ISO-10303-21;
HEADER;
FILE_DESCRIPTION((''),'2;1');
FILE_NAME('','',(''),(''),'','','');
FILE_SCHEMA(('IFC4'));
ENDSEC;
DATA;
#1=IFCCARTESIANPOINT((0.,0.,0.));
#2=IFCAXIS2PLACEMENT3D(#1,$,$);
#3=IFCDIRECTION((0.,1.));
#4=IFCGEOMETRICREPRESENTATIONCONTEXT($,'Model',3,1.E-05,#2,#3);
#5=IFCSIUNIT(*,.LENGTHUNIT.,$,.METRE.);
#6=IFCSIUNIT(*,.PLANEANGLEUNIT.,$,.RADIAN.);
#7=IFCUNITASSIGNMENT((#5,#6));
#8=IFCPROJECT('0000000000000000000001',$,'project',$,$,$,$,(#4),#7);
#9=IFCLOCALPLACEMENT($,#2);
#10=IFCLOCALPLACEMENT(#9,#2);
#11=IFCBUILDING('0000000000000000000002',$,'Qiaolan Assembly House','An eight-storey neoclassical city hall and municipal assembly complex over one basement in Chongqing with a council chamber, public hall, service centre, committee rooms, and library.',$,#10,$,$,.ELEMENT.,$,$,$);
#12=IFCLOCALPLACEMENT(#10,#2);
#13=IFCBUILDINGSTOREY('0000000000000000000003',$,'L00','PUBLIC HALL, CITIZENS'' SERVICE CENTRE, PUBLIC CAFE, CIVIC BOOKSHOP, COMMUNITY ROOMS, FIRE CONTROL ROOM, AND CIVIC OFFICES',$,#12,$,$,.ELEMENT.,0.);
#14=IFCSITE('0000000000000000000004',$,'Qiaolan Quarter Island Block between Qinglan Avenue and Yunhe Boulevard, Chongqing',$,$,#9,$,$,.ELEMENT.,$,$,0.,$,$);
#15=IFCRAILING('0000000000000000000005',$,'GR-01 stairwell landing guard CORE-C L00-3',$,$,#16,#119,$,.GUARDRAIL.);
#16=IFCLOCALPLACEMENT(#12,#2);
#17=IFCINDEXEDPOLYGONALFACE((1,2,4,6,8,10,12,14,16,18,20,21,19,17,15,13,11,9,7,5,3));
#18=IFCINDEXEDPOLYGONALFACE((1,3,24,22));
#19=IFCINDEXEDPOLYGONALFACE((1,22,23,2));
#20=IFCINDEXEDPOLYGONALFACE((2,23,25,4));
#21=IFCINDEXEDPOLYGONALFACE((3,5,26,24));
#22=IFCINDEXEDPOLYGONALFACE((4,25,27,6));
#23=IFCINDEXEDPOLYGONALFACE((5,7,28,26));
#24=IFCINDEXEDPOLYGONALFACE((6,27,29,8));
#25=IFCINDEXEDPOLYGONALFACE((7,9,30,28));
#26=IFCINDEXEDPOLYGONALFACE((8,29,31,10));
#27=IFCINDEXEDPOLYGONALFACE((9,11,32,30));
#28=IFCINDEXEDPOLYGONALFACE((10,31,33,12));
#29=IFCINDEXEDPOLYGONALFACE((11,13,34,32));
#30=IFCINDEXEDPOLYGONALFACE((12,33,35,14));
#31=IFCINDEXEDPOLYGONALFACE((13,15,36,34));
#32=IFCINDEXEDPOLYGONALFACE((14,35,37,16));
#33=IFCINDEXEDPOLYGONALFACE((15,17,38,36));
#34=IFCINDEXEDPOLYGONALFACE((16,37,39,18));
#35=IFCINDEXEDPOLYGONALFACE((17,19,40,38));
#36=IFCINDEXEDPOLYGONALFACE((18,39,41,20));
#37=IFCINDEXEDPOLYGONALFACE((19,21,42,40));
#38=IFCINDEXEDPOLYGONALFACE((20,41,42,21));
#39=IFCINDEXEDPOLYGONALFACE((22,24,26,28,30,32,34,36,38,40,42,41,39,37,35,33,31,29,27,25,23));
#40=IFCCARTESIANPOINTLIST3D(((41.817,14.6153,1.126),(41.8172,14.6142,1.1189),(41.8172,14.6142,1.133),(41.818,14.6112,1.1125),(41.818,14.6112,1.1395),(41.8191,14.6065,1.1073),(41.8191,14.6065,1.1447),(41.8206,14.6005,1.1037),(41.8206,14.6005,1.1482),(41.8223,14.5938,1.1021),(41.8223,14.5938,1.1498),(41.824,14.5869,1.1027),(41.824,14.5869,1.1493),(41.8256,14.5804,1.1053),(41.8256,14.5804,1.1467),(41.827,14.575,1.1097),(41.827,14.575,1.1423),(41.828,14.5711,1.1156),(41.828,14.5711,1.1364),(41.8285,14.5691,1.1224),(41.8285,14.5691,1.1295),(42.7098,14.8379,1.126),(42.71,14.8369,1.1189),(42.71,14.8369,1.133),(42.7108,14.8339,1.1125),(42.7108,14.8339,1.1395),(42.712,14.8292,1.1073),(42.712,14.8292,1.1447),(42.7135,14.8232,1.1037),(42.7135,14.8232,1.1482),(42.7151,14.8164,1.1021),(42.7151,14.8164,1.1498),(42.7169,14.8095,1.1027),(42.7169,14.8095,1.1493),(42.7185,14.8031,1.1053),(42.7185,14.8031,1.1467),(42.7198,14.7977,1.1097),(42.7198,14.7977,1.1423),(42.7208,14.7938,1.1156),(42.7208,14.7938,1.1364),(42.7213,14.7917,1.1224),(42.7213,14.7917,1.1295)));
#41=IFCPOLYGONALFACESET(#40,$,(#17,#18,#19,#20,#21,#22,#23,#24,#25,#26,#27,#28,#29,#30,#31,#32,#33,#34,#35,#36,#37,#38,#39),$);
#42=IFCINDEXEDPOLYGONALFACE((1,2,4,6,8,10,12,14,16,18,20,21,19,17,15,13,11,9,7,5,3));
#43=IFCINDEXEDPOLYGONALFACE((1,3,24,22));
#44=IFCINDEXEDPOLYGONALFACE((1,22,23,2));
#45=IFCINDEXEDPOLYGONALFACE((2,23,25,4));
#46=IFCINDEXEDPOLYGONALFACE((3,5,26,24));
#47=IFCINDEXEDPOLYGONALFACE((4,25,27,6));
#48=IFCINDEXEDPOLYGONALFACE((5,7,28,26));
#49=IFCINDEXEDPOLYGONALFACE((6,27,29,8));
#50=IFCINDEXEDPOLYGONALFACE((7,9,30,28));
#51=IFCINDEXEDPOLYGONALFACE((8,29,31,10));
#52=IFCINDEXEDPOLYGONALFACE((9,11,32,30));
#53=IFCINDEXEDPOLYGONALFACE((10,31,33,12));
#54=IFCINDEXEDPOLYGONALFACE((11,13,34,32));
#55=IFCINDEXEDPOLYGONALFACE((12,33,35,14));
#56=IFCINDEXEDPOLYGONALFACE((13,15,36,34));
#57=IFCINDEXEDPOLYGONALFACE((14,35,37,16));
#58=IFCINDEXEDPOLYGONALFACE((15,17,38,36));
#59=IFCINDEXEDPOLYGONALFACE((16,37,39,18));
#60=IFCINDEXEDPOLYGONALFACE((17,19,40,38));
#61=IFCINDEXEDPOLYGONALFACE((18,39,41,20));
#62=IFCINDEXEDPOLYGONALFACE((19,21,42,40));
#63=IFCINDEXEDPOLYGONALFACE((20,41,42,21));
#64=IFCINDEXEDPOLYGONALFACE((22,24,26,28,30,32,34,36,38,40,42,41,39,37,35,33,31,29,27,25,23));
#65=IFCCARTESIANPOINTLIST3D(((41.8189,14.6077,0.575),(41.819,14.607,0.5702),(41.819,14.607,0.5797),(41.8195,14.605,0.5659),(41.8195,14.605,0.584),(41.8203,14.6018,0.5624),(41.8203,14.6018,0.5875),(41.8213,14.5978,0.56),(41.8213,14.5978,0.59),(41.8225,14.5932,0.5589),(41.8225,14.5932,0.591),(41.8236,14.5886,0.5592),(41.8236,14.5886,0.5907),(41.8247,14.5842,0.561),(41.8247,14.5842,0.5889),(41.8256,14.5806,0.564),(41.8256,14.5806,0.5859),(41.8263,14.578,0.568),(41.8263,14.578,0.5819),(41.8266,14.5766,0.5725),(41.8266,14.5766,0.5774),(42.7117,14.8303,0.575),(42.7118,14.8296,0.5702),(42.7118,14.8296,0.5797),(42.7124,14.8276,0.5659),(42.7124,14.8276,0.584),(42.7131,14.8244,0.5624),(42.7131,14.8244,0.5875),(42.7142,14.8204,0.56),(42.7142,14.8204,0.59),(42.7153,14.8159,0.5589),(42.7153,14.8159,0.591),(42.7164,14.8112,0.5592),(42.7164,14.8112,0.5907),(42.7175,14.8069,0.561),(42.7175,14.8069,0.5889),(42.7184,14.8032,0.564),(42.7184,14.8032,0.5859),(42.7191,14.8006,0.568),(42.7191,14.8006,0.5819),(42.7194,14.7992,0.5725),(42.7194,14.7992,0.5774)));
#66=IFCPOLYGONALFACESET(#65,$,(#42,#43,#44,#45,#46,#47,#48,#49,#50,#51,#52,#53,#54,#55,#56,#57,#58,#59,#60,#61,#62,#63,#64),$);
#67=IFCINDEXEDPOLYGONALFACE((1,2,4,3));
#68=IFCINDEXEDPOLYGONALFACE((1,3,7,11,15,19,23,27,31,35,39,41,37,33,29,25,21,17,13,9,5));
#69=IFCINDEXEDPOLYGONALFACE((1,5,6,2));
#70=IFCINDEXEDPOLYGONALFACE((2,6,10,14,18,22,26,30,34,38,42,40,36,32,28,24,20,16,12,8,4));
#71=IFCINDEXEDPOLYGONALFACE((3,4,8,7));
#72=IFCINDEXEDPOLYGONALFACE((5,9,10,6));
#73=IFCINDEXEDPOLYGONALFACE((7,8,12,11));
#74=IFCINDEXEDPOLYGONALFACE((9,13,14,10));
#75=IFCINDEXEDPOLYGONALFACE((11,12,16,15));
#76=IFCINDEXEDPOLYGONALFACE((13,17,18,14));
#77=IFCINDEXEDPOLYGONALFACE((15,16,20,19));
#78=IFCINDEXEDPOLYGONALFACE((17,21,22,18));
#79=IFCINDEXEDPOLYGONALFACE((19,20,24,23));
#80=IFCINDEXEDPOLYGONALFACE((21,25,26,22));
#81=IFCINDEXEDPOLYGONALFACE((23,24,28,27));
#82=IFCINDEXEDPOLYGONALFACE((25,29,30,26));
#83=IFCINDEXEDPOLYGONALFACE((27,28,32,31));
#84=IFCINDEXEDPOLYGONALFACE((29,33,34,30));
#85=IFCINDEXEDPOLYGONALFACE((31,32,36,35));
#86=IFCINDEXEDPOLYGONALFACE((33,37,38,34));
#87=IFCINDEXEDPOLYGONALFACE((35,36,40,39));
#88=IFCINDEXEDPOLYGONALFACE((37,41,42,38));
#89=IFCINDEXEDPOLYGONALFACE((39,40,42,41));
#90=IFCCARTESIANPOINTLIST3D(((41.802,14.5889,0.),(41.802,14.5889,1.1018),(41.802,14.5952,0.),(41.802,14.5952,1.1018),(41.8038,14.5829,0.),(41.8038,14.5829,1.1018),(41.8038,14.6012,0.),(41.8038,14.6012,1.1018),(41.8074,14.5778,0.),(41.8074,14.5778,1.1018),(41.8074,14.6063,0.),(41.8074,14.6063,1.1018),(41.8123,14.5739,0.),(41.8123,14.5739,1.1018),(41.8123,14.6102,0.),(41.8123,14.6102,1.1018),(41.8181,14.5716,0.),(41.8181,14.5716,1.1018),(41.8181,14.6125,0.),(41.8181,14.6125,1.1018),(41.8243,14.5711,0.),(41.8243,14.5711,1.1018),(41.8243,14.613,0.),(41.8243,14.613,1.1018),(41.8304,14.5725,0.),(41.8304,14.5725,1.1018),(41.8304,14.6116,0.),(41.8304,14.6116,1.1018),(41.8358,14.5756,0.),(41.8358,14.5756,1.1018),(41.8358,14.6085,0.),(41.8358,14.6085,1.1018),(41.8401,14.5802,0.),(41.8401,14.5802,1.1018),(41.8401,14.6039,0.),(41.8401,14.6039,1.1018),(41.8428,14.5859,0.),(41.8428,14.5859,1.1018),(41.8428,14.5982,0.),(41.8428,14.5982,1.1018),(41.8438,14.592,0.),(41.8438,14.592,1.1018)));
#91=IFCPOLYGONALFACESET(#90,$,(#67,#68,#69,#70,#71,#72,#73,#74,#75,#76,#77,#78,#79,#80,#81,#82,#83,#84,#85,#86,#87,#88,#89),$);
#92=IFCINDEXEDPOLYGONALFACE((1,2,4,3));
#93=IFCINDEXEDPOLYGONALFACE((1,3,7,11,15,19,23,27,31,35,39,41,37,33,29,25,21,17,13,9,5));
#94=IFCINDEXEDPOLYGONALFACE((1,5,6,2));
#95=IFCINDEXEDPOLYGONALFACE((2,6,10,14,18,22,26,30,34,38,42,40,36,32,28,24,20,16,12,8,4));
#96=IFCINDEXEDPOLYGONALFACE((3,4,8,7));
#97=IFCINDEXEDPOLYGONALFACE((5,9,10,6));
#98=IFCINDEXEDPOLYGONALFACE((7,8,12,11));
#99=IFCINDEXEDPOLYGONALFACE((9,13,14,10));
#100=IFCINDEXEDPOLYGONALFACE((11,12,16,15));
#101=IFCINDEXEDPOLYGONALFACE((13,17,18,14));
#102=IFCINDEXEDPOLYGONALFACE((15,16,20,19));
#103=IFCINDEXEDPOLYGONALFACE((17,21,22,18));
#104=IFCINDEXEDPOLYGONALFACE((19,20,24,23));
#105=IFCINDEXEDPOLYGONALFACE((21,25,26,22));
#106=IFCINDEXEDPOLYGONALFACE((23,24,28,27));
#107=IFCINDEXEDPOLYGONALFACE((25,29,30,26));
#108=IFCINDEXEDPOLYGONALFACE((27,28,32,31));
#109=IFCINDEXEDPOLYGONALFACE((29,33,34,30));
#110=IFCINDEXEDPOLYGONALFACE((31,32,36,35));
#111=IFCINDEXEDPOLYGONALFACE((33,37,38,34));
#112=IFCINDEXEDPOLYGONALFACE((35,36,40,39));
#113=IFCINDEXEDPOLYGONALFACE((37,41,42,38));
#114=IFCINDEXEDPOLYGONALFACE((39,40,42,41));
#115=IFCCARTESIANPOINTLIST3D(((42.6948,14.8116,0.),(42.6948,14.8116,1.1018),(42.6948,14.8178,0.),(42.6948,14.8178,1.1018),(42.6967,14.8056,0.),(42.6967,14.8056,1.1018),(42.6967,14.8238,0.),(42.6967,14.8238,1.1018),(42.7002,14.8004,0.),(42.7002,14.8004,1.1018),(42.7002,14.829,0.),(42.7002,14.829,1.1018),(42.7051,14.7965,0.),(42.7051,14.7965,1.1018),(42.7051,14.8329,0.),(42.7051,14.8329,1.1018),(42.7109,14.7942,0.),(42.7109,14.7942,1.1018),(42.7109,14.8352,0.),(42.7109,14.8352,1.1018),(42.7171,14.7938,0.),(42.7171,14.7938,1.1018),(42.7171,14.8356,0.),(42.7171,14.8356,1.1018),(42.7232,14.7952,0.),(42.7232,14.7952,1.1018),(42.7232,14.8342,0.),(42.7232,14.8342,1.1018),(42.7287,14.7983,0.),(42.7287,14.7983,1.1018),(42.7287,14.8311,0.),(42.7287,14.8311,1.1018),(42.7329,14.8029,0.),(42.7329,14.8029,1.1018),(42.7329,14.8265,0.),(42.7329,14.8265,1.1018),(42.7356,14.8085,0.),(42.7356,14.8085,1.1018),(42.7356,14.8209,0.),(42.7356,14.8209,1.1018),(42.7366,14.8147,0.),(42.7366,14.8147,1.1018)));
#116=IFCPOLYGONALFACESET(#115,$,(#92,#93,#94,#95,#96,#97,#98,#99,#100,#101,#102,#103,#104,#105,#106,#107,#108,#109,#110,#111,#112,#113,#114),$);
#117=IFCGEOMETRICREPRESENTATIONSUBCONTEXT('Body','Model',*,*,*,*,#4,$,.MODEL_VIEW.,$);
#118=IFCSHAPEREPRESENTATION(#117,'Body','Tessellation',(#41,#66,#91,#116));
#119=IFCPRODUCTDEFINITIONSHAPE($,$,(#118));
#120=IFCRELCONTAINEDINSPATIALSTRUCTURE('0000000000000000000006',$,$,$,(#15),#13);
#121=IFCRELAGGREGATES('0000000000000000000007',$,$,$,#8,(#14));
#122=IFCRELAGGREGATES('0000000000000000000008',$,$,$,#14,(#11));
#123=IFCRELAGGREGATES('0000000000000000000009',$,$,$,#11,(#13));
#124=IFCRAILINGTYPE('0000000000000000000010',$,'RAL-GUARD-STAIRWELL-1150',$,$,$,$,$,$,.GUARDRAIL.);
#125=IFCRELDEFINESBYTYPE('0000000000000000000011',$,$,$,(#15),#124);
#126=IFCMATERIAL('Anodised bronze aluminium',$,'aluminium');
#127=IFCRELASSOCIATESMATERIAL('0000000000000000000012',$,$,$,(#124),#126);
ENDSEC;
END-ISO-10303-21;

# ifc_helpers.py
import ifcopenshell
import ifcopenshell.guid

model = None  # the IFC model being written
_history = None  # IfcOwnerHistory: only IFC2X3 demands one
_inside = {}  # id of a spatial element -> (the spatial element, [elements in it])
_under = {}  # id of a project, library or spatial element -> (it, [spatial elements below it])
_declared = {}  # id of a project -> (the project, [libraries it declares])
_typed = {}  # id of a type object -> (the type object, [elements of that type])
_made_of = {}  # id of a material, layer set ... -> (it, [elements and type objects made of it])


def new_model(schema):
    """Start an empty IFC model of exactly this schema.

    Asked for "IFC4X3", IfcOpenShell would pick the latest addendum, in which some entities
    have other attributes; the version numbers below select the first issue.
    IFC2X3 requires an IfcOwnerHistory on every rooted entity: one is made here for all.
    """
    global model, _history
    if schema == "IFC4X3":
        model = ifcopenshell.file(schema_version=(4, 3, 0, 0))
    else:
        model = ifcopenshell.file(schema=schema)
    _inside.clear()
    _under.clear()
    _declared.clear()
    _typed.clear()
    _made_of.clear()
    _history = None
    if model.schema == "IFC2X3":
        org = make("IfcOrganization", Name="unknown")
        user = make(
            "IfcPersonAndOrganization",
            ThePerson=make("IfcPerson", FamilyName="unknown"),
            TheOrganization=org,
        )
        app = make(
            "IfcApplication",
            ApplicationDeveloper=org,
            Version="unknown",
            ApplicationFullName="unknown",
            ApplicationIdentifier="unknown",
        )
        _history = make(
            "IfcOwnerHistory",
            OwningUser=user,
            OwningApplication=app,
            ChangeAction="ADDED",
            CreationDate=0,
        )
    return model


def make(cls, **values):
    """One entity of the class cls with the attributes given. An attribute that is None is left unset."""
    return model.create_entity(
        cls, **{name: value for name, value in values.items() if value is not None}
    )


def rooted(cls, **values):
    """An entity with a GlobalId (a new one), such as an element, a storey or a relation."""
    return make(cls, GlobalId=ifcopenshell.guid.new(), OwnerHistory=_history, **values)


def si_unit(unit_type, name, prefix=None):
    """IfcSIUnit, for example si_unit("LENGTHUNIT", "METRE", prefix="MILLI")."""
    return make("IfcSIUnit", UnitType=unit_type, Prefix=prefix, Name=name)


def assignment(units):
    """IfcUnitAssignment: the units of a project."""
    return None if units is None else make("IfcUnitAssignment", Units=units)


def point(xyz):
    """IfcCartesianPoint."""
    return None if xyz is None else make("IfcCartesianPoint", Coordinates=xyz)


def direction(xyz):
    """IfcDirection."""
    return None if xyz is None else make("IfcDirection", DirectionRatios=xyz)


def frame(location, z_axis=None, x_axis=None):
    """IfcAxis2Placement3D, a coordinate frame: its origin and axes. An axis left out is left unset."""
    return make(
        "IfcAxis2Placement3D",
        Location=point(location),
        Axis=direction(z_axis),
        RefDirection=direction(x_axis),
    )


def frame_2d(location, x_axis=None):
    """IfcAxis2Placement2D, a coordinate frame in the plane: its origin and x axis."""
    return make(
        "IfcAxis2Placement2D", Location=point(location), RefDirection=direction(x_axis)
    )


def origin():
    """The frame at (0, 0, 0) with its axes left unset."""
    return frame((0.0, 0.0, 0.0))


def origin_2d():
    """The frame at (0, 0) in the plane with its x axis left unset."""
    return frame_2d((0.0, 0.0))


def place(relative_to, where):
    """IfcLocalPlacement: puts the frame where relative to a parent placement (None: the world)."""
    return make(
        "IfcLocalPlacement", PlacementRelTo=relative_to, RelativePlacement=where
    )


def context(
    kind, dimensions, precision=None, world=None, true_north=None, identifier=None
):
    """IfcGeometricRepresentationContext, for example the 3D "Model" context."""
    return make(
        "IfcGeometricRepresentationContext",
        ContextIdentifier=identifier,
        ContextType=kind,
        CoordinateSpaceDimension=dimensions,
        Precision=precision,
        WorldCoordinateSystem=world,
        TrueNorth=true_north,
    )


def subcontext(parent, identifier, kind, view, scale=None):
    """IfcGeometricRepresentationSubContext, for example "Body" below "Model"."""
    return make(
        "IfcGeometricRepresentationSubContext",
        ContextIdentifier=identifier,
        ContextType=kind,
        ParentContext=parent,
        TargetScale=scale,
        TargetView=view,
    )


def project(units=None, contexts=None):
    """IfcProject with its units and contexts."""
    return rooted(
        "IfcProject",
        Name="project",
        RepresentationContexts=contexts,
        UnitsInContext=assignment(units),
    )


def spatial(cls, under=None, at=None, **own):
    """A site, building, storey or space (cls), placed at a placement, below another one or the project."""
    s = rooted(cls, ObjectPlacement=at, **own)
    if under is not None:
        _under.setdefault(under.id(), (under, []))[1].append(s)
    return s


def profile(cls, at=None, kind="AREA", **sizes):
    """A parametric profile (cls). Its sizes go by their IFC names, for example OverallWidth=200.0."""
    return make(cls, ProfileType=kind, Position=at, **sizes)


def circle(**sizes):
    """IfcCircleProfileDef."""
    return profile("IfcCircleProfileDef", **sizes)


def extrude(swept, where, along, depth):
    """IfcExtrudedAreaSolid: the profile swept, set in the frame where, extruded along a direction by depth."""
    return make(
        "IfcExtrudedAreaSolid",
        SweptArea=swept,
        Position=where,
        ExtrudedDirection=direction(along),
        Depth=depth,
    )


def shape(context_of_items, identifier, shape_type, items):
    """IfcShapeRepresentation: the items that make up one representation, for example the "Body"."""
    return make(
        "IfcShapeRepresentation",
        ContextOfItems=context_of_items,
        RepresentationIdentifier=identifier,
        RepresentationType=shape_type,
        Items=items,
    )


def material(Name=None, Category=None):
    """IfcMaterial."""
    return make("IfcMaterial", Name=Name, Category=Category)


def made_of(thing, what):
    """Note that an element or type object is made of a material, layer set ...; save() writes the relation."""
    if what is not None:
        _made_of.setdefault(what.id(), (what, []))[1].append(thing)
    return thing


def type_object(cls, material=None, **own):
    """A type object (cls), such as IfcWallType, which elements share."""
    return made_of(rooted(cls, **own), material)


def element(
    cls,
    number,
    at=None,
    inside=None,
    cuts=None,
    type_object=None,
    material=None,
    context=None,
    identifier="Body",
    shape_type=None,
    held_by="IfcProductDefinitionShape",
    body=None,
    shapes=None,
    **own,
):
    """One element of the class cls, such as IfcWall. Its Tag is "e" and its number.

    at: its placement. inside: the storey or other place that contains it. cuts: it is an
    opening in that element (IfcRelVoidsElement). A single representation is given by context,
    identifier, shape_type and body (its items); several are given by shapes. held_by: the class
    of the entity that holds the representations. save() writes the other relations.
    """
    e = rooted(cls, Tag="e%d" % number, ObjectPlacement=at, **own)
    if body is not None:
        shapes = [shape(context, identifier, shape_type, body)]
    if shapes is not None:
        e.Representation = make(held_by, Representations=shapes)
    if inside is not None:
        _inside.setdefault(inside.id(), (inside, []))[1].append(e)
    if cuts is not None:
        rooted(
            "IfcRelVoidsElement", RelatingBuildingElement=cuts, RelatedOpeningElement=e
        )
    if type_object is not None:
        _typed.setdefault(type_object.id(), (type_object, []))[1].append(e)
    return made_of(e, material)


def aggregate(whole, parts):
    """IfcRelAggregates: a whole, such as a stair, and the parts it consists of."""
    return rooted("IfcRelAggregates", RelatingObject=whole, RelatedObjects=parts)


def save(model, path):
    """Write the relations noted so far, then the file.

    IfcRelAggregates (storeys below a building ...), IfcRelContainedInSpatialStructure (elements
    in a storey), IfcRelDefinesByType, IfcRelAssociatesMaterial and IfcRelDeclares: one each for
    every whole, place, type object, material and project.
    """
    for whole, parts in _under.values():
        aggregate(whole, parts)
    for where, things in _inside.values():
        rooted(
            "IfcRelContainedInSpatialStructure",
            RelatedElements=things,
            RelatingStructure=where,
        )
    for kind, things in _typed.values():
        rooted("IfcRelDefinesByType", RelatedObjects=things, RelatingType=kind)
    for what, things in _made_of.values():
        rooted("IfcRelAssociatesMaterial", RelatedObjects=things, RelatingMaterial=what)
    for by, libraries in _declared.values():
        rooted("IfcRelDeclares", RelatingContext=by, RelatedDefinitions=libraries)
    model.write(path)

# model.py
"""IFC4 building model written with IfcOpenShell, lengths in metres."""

from ifc_helpers import new_model, si_unit, direction, frame, origin, origin_2d, place, context, subcontext, project, spatial, circle, extrude, material, type_object, element, save


model = new_model("IFC4")

# Units and contexts
model_context = context("Model", 3, precision=1e-05, world=origin(), true_north=direction((0.0, 1.0)))
body_context = subcontext(model_context, "Body", "Model", "MODEL_VIEW")
ifc_project = project(units=[si_unit("LENGTHUNIT", "METRE"), si_unit("PLANEANGLEUNIT", "RADIAN")], contexts=[model_context])

# Site, building, storey
site_placement = place(None, origin())
site = spatial("IfcSite", under=ifc_project, at=site_placement, Name="Qiaolan Quarter Island Block between Qinglan Avenue and Yunhe Boulevard, Chongqing", CompositionType="ELEMENT", RefElevation=0.0)
building_placement = place(site_placement, origin())
building = spatial("IfcBuilding", under=site, at=building_placement, Name="Qiaolan Assembly House", Description="An eight-storey neoclassical city hall and municipal assembly complex over one basement in Chongqing with a council chamber, public hall, service centre, committee rooms, and library.", CompositionType="ELEMENT")
storey_placement = place(building_placement, origin())
storey = spatial("IfcBuildingStorey", under=building, at=storey_placement, Name="L00", Description="PUBLIC HALL, CITIZENS' SERVICE CENTRE, PUBLIC CAFE, CIVIC BOOKSHOP, COMMUNITY ROOMS, FIRE CONTROL ROOM, AND CIVIC OFFICES", CompositionType="ELEMENT", Elevation=0.0)

# Railing
ifc_material_1 = material(Name="Anodised bronze aluminium", Category="aluminium")
railing_type_1 = type_object("IfcRailingType", Name="RAL-GUARD-STAIRWELL-1150", PredefinedType="GUARDRAIL", material=ifc_material_1)
for number, where, name in (
    (1, (41.8228, 14.592, 0.0), "GR-01 stairwell landing guard CORE-C L00-3"),
):
    element("IfcRailing", number, at=place(storey_placement, frame(where)), inside=storey, type_object=railing_type_1, Name=name, PredefinedType="GUARDRAIL", context=body_context, shape_type="SweptSolid", body=[
        extrude(circle(Radius=0.0239, at=origin_2d()), frame((0.0, 0.0, 1.126), z_axis=(0.970283, 0.241974, 0.0), x_axis=(-0.241974, 0.970283, 0.0)), (0.0, 0.0, 1.0), 0.9202),
        extrude(circle(Radius=0.0161, at=origin_2d()), frame((0.0, 0.0, 0.575), z_axis=(0.970283, 0.241974, 0.0), x_axis=(-0.241974, 0.970283, 0.0)), (0.0, 0.0, 1.0), 0.9202),
        extrude(circle(Radius=0.021, at=origin_2d()), origin(), (0.0, 0.0, 1.0), 1.1018),
        extrude(circle(Radius=0.021, at=origin_2d()), frame((0.8928, 0.2227, 0.0)), (0.0, 0.0, 1.0), 1.1018),
    ])

save(model, "model.ifc")
